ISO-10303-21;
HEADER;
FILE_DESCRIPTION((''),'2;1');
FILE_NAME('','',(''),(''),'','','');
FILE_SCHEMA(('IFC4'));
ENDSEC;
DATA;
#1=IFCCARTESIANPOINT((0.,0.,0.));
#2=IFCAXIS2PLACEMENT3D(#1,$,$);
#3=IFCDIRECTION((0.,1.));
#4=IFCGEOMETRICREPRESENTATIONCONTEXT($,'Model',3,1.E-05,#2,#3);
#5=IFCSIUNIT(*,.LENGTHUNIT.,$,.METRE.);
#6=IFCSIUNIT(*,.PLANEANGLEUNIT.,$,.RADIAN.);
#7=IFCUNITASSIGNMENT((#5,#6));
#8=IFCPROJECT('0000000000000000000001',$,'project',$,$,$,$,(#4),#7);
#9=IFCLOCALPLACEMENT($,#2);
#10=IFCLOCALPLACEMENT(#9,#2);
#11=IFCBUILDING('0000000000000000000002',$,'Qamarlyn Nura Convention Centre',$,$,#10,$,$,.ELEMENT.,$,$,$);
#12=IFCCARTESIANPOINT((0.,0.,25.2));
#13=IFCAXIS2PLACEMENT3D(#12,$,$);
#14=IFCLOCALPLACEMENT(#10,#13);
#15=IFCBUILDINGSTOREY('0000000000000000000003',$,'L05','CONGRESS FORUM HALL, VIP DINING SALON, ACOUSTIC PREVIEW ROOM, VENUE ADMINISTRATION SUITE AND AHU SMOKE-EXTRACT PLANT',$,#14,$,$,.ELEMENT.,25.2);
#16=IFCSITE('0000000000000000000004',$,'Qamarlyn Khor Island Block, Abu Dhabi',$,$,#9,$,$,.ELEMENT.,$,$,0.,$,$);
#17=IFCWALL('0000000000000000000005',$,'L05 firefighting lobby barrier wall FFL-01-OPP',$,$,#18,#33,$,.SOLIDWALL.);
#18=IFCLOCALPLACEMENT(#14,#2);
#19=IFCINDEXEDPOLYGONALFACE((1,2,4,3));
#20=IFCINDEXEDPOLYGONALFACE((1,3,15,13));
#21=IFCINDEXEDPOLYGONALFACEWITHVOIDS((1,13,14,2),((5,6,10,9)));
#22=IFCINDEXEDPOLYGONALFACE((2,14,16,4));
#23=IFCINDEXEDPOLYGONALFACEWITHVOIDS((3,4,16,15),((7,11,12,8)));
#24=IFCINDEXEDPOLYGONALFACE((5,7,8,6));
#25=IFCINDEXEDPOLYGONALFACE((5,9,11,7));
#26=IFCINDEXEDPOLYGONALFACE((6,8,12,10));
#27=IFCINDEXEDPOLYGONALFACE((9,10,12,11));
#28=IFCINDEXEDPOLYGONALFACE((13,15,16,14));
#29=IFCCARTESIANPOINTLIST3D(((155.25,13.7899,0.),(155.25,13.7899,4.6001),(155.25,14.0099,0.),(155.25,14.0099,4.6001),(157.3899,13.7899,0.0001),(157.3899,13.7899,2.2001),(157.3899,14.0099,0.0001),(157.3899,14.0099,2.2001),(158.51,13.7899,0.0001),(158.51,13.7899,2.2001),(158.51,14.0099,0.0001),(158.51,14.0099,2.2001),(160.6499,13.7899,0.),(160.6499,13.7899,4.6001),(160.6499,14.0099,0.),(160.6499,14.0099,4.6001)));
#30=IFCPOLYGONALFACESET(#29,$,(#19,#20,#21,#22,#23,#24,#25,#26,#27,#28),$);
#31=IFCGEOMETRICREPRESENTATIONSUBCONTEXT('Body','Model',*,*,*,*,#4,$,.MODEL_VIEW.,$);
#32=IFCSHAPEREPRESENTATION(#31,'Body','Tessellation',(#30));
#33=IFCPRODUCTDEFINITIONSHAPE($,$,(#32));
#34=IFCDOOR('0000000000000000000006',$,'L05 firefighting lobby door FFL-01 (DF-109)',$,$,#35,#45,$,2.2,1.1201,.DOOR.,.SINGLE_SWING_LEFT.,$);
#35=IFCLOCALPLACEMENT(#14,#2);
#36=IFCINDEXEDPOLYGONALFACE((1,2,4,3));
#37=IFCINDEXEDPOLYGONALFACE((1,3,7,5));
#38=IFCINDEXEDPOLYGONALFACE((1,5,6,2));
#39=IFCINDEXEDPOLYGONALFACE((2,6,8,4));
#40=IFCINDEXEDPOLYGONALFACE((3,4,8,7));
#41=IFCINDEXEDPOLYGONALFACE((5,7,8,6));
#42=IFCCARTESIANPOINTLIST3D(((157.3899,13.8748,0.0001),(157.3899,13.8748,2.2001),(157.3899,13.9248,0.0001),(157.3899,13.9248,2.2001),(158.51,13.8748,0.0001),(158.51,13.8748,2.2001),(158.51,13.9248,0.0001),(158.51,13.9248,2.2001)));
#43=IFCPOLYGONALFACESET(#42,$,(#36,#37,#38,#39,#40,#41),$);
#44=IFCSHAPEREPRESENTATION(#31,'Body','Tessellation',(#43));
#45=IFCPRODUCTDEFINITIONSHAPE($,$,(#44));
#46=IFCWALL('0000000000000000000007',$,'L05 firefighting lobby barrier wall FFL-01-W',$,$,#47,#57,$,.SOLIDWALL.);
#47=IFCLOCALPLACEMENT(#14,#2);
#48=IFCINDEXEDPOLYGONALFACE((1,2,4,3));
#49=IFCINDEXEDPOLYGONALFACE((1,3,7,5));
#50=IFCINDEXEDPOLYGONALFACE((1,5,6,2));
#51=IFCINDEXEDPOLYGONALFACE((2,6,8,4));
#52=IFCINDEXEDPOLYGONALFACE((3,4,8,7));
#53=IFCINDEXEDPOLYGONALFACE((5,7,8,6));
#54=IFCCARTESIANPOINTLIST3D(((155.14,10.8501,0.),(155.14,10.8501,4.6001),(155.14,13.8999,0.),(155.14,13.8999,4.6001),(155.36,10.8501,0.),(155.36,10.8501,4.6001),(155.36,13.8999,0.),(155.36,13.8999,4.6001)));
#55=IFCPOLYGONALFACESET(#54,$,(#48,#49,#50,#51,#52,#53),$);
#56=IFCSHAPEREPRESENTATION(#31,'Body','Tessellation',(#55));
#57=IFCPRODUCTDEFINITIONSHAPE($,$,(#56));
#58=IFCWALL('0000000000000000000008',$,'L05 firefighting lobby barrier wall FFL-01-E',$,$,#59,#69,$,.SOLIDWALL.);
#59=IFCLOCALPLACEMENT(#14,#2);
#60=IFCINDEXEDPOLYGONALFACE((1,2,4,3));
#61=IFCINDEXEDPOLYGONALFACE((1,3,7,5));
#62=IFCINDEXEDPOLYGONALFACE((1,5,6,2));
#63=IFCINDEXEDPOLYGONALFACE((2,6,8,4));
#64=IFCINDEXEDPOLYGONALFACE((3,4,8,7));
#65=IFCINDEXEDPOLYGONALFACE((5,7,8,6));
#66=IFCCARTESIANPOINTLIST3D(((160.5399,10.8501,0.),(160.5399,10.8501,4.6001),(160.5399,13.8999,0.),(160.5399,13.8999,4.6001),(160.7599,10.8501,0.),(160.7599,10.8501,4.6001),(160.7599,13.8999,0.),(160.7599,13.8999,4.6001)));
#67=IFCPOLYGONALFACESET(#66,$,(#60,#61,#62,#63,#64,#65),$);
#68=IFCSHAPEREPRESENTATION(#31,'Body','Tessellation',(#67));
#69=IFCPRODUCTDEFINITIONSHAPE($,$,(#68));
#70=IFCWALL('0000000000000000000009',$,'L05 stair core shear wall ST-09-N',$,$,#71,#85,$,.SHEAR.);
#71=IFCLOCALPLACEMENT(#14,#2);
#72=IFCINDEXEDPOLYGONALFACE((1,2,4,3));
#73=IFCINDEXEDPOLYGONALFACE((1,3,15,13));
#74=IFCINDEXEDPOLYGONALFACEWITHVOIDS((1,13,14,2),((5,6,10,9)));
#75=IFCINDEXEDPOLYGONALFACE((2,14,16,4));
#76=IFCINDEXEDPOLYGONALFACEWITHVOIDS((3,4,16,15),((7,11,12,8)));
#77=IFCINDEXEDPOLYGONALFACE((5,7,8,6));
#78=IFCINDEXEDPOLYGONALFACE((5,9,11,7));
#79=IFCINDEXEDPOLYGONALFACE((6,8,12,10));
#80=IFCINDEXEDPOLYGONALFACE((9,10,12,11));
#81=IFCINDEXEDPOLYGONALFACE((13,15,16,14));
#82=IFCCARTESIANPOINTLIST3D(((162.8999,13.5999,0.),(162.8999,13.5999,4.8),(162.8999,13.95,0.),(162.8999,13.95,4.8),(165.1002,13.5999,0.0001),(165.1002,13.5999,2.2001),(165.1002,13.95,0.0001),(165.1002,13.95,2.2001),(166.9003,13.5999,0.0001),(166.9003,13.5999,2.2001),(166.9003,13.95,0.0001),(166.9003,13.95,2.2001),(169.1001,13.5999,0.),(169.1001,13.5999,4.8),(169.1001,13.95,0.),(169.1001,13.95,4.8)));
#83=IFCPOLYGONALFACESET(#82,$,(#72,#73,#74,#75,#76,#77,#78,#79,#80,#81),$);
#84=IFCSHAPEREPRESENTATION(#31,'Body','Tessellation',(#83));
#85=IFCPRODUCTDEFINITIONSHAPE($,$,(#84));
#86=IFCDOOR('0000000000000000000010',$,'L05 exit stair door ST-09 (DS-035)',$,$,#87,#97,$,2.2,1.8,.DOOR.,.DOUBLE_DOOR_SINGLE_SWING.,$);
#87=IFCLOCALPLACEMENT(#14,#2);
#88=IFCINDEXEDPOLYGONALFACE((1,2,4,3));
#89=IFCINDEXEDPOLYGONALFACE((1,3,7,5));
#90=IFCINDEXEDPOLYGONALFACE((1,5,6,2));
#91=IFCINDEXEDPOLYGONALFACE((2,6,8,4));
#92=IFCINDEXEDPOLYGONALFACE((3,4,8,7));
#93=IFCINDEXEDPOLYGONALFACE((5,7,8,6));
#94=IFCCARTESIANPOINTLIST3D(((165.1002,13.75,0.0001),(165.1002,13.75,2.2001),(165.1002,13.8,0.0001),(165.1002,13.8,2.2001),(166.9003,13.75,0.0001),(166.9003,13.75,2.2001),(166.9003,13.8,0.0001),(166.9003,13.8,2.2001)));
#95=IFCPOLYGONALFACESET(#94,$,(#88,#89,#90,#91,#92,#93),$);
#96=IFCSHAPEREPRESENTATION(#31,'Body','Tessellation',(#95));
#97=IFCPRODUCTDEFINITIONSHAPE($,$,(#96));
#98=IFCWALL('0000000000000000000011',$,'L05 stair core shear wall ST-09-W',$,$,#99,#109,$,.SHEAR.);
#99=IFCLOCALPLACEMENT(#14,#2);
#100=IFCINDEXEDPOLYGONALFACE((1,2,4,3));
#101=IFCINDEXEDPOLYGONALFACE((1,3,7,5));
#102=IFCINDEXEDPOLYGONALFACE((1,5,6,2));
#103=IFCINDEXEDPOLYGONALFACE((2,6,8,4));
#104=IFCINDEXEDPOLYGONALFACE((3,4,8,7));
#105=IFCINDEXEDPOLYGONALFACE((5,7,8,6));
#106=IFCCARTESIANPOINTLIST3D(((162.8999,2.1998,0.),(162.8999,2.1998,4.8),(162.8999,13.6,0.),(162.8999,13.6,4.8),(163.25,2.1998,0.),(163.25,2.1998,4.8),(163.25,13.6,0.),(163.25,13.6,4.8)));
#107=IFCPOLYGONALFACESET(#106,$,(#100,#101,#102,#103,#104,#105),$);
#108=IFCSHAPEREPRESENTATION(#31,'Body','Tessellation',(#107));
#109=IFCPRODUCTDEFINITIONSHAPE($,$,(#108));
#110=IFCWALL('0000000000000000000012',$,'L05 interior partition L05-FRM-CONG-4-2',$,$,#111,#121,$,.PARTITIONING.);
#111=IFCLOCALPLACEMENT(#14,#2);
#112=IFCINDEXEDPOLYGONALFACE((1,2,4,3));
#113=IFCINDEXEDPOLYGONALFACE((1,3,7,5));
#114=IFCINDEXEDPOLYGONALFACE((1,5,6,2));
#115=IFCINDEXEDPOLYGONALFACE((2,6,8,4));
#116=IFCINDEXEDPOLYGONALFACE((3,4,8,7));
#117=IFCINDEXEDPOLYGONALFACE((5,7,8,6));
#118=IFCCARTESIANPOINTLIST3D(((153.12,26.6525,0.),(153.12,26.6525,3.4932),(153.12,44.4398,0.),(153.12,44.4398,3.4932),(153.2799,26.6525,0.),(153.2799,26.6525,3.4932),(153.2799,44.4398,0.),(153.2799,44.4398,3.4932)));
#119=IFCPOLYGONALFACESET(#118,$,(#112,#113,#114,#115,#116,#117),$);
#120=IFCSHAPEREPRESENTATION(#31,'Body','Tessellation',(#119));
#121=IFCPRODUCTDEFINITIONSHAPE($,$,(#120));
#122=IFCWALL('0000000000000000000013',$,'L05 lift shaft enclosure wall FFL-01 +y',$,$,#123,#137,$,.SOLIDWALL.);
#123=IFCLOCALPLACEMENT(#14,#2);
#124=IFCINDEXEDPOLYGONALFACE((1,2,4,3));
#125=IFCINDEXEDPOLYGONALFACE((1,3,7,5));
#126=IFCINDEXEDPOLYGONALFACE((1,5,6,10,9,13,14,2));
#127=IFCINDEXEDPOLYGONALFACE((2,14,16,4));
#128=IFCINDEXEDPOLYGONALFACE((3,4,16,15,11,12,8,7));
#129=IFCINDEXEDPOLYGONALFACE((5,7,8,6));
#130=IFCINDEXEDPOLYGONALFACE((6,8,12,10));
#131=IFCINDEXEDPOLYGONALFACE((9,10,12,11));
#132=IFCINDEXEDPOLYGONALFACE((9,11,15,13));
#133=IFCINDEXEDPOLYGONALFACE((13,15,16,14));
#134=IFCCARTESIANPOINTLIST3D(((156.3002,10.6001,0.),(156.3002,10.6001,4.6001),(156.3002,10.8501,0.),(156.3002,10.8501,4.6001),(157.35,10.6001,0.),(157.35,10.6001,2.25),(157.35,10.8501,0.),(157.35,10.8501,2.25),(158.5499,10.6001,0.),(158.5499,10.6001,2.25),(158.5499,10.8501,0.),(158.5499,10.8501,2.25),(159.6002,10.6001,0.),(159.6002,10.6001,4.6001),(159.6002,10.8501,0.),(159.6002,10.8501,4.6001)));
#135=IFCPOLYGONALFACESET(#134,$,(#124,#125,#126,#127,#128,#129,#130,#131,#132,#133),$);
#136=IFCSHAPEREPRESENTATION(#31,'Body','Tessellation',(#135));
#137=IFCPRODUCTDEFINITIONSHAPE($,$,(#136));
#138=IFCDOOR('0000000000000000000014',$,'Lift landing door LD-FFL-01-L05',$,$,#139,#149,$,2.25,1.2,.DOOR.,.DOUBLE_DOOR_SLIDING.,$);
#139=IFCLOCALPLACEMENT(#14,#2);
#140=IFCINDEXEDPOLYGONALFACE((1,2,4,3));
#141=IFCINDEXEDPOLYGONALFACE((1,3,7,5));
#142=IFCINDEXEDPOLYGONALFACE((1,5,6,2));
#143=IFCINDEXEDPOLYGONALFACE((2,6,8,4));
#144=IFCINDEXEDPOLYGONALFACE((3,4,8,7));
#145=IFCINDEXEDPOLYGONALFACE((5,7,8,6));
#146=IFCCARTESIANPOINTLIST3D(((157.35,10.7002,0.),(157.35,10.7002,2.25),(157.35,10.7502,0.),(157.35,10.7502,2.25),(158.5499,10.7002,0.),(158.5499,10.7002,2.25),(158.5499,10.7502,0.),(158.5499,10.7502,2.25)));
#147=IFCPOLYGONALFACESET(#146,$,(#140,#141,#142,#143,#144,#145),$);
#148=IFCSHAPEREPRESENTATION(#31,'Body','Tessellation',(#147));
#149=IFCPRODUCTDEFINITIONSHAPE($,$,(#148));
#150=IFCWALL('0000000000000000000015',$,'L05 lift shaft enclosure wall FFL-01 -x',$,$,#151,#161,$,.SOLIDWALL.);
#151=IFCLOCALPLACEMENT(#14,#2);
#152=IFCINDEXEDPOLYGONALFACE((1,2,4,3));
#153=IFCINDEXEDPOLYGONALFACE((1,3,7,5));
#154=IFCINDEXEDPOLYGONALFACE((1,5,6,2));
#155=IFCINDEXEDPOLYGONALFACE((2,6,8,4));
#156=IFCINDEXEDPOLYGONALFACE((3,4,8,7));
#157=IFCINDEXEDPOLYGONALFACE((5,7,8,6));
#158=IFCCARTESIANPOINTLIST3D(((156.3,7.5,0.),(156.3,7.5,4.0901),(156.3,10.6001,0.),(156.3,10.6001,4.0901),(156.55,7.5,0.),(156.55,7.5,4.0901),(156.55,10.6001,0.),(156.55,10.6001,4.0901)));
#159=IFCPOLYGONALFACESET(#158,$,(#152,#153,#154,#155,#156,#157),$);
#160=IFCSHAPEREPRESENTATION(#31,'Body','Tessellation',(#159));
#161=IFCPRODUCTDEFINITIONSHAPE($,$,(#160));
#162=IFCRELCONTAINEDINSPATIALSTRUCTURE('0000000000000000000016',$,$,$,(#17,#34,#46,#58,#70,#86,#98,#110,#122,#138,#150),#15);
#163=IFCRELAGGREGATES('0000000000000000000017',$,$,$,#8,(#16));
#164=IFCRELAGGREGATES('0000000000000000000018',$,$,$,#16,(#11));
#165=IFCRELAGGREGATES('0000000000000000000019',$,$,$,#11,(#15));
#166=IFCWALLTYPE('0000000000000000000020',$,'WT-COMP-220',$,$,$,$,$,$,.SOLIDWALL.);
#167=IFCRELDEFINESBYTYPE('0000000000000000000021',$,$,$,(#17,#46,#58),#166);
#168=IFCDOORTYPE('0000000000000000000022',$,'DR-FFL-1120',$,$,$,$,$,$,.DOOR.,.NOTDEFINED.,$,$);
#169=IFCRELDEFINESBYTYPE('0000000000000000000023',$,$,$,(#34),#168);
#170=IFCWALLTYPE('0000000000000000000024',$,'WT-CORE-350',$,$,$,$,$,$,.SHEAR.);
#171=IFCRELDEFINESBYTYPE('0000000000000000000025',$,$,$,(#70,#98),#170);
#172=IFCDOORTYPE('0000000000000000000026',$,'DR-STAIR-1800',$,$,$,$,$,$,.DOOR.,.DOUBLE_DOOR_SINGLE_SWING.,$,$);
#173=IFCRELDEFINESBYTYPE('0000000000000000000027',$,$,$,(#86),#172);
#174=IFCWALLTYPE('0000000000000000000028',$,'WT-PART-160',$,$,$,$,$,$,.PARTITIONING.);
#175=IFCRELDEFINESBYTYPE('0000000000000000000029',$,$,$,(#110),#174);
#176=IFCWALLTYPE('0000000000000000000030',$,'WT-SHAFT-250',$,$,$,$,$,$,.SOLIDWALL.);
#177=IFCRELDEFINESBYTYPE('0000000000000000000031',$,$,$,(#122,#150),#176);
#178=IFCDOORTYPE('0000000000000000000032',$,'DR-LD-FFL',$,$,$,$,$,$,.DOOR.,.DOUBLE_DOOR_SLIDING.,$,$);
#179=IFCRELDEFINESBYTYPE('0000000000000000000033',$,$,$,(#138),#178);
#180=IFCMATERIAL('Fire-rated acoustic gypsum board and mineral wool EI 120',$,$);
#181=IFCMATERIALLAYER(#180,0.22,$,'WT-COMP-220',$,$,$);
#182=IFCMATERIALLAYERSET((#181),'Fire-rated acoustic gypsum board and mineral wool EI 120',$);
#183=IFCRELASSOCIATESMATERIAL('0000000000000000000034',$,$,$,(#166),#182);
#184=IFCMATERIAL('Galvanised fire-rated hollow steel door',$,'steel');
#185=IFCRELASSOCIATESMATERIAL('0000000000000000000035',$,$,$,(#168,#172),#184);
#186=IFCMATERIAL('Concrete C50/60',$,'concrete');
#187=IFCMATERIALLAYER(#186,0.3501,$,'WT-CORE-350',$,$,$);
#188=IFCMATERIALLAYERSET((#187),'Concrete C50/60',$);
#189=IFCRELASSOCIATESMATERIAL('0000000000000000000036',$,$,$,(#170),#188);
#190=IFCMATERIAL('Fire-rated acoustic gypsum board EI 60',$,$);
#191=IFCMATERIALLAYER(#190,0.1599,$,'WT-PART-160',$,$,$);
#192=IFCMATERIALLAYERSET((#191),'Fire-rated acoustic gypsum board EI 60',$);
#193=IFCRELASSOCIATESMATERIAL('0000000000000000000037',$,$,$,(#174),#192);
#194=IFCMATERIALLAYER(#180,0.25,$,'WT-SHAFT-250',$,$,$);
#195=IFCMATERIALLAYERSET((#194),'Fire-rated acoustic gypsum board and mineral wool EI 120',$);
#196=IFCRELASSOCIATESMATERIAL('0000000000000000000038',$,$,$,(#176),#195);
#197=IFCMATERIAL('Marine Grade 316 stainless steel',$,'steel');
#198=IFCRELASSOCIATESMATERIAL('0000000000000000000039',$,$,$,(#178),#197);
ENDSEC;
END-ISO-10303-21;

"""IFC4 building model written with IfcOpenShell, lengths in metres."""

from ifc_helpers import new_model, si_unit, direction, frame, frame_2d, origin, place, context, subcontext, project, spatial, rectangle, extrude, material, layer, layer_set, type_object, element, fill, save


model = new_model("IFC4")

# Units and contexts
model_context = context("Model", 3, precision=1e-05, world=origin(), true_north=direction((0.0, 1.0)))
body_context = subcontext(model_context, "Body", "Model", "MODEL_VIEW")
ifc_project = project(units=[si_unit("LENGTHUNIT", "METRE"), si_unit("PLANEANGLEUNIT", "RADIAN")], contexts=[model_context])

# Site, building, storey
site_placement = place(None, origin())
site = spatial("IfcSite", under=ifc_project, at=site_placement, Name="Qamarlyn Khor Island Block, Abu Dhabi", CompositionType="ELEMENT", RefElevation=0.0)
building_placement = place(site_placement, origin())
building = spatial("IfcBuilding", under=site, at=building_placement, Name="Qamarlyn Nura Convention Centre", CompositionType="ELEMENT")
storey_placement = place(building_placement, frame((0.0, 0.0, 25.2)))
storey = spatial("IfcBuildingStorey", under=building, at=storey_placement, Name="L05", Description="CONGRESS FORUM HALL, VIP DINING SALON, ACOUSTIC PREVIEW ROOM, VENUE ADMINISTRATION SUITE AND AHU SMOKE-EXTRACT PLANT", CompositionType="ELEMENT", Elevation=25.2)

# Wall, opening, door
ifc_material_1 = material(Name="Fire-rated acoustic gypsum board and mineral wool EI 120")
ifc_layer_1 = layer(ifc_material_1, 0.22, Name="WT-COMP-220")
ifc_layer_set_1 = layer_set([ifc_layer_1], Name="Fire-rated acoustic gypsum board and mineral wool EI 120")
wall_type_1 = type_object("IfcWallType", Name="WT-COMP-220", PredefinedType="SOLIDWALL", material=ifc_layer_set_1)
wall_1_placement = place(storey_placement, frame((155.25, 13.8999, 0.0), z_axis=(0.0, 0.0, 1.0), x_axis=(1.0, 0.0, 0.0)))
wall_1 = element("IfcWall", 1, at=wall_1_placement, inside=storey, type_object=wall_type_1, Name="L05 firefighting lobby barrier wall FFL-01-OPP", PredefinedType="SOLIDWALL", context=body_context, shape_type="SweptSolid", body=[
    extrude(rectangle(XDim=5.3999, YDim=0.22, at=frame_2d((2.7, 0.0))), origin(), (0.0, 0.0, 1.0), 4.6001),
])
opening_1_placement = place(wall_1_placement, frame((2.1399, 0.0, 0.0)))
opening_1 = element("IfcOpeningElement", 2, at=opening_1_placement, cuts=wall_1, PredefinedType="OPENING", context=body_context, shape_type="SweptSolid", body=[
    extrude(rectangle(XDim=1.1201, YDim=2.2, at=frame_2d((0.5601, 1.1001))), frame((0.0, 0.1201, 0.0), z_axis=(0.0, -1.0, 0.0), x_axis=(1.0, 0.0, 0.0)), (0.0, 0.0, 1.0), 0.24),
])
ifc_material_2 = material(Name="Galvanised fire-rated hollow steel door", Category="steel")
door_type_1 = type_object("IfcDoorType", Name="DR-FFL-1120", OperationType="NOTDEFINED", PredefinedType="DOOR", material=ifc_material_2)
door_1_placement = place(opening_1_placement, origin())
door_1 = element("IfcDoor", 3, at=door_1_placement, inside=storey, type_object=door_type_1, Name="L05 firefighting lobby door FFL-01 (DF-109)", OperationType="SINGLE_SWING_LEFT", OverallHeight=2.2, OverallWidth=1.1201, PredefinedType="DOOR", context=body_context, shape_type="SweptSolid", body=[
    extrude(rectangle(XDim=1.1201, YDim=2.2, at=frame_2d((0.5601, 1.1001))), frame((0.0, 0.0249, 0.0), z_axis=(0.0, -1.0, 0.0), x_axis=(1.0, 0.0, 0.0)), (0.0, 0.0, 1.0), 0.05),
])
fill(opening_1, door_1)

# Walls
for number, where, z_axis, x_axis, name in (
    (4, (155.25, 10.8501, 0.0), (0.0, 0.0, 1.0), (0.0, 1.0, 0.0), "L05 firefighting lobby barrier wall FFL-01-W"),
    (5, (160.6499, 10.8501, 0.0), (0.0, 0.0, 1.0), (0.0, 1.0, 0.0), "L05 firefighting lobby barrier wall FFL-01-E"),
):
    element("IfcWall", number, at=place(storey_placement, frame(where, z_axis=z_axis, x_axis=x_axis)), inside=storey, type_object=wall_type_1, Name=name, PredefinedType="SOLIDWALL", context=body_context, shape_type="SweptSolid", body=[
        extrude(rectangle(XDim=3.0498, YDim=0.22, at=frame_2d((1.5249, 0.0))), origin(), (0.0, 0.0, 1.0), 4.6001),
    ])

# Wall, opening, door
ifc_material_3 = material(Name="Concrete C50/60", Category="concrete")
ifc_layer_2 = layer(ifc_material_3, 0.3501, Name="WT-CORE-350")
ifc_layer_set_2 = layer_set([ifc_layer_2], Name="Concrete C50/60")
wall_type_2 = type_object("IfcWallType", Name="WT-CORE-350", PredefinedType="SHEAR", material=ifc_layer_set_2)
wall_2_placement = place(storey_placement, frame((169.1001, 13.7749, 0.0), z_axis=(0.0, 0.0, 1.0), x_axis=(-1.0, 0.0, 0.0)))
wall_2 = element("IfcWall", 6, at=wall_2_placement, inside=storey, type_object=wall_type_2, Name="L05 stair core shear wall ST-09-N", PredefinedType="SHEAR", context=body_context, shape_type="SweptSolid", body=[
    extrude(rectangle(XDim=6.2002, YDim=0.3501, at=frame_2d((3.1001, 0.0))), origin(), (0.0, 0.0, 1.0), 4.8),
])
opening_2_placement = place(wall_2_placement, frame((2.2, 0.0, 0.0)))
opening_2 = element("IfcOpeningElement", 7, at=opening_2_placement, cuts=wall_2, PredefinedType="OPENING", context=body_context, shape_type="SweptSolid", body=[
    extrude(rectangle(XDim=1.8, YDim=2.2, at=frame_2d((0.8999, 1.1001))), frame((0.0, 0.1851, 0.0), z_axis=(0.0, -1.0, 0.0), x_axis=(1.0, 0.0, 0.0)), (0.0, 0.0, 1.0), 0.3701),
])
door_type_2 = type_object("IfcDoorType", Name="DR-STAIR-1800", OperationType="DOUBLE_DOOR_SINGLE_SWING", PredefinedType="DOOR", material=ifc_material_2)
door_2_placement = place(opening_2_placement, origin())
door_2 = element("IfcDoor", 8, at=door_2_placement, inside=storey, type_object=door_type_2, Name="L05 exit stair door ST-09 (DS-035)", OperationType="DOUBLE_DOOR_SINGLE_SWING", OverallHeight=2.2, OverallWidth=1.8, PredefinedType="DOOR", context=body_context, shape_type="SweptSolid", body=[
    extrude(rectangle(XDim=1.8, YDim=2.2, at=frame_2d((0.8999, 1.1001))), frame((0.0, 0.0249, 0.0), z_axis=(0.0, -1.0, 0.0), x_axis=(1.0, 0.0, 0.0)), (0.0, 0.0, 1.0), 0.05),
])
fill(opening_2, door_2)

# Wall
wall_3_placement = place(storey_placement, frame((163.075, 13.6001, 0.0), z_axis=(0.0, 0.0, 1.0), x_axis=(0.0, -1.0, 0.0)))
element("IfcWall", 9, at=wall_3_placement, inside=storey, type_object=wall_type_2, Name="L05 stair core shear wall ST-09-W", PredefinedType="SHEAR", context=body_context, shape_type="SweptSolid", body=[
    extrude(rectangle(XDim=11.4001, YDim=0.3501, at=frame_2d((5.7002, 0.0))), origin(), (0.0, 0.0, 1.0), 4.8),
])

# Wall
ifc_material_4 = material(Name="Fire-rated acoustic gypsum board EI 60")
ifc_layer_3 = layer(ifc_material_4, 0.1599, Name="WT-PART-160")
ifc_layer_set_3 = layer_set([ifc_layer_3], Name="Fire-rated acoustic gypsum board EI 60")
wall_type_3 = type_object("IfcWallType", Name="WT-PART-160", PredefinedType="PARTITIONING", material=ifc_layer_set_3)
wall_4_placement = place(storey_placement, frame((153.2, 26.6526, 0.0), z_axis=(0.0, 0.0, 1.0), x_axis=(0.0, 1.0, 0.0)))
element("IfcWall", 10, at=wall_4_placement, inside=storey, type_object=wall_type_3, Name="L05 interior partition L05-FRM-CONG-4-2", PredefinedType="PARTITIONING", context=body_context, shape_type="SweptSolid", body=[
    extrude(rectangle(XDim=17.7874, YDim=0.1599, at=frame_2d((8.8936, 0.0))), origin(), (0.0, 0.0, 1.0), 3.4932),
])

# Wall, opening, door
ifc_layer_4 = layer(ifc_material_1, 0.25, Name="WT-SHAFT-250")
ifc_layer_set_4 = layer_set([ifc_layer_4], Name="Fire-rated acoustic gypsum board and mineral wool EI 120")
wall_type_4 = type_object("IfcWallType", Name="WT-SHAFT-250", PredefinedType="SOLIDWALL", material=ifc_layer_set_4)
wall_5_placement = place(storey_placement, frame((159.6001, 10.7251, 0.0), z_axis=(0.0, 0.0, 1.0), x_axis=(-1.0, 0.0, 0.0)))
wall_5 = element("IfcWall", 11, at=wall_5_placement, inside=storey, type_object=wall_type_4, Name="L05 lift shaft enclosure wall FFL-01 +y", PredefinedType="SOLIDWALL", context=body_context, shape_type="SweptSolid", body=[
    extrude(rectangle(XDim=3.3, YDim=0.25, at=frame_2d((1.6499, 0.0))), origin(), (0.0, 0.0, 1.0), 4.6001),
])
opening_3_placement = place(wall_5_placement, frame((1.05, 0.0, 0.0)))
opening_3 = element("IfcOpeningElement", 12, at=opening_3_placement, cuts=wall_5, PredefinedType="OPENING", context=body_context, shape_type="SweptSolid", body=[
    extrude(rectangle(XDim=1.2, YDim=2.25, at=frame_2d((0.6001, 1.125))), frame((0.0, 0.135, 0.0), z_axis=(0.0, -1.0, 0.0), x_axis=(1.0, 0.0, 0.0)), (0.0, 0.0, 1.0), 0.27),
])
ifc_material_5 = material(Name="Marine Grade 316 stainless steel", Category="steel")
door_type_3 = type_object("IfcDoorType", Name="DR-LD-FFL", OperationType="DOUBLE_DOOR_SLIDING", PredefinedType="DOOR", material=ifc_material_5)
door_3_placement = place(opening_3_placement, origin())
door_3 = element("IfcDoor", 13, at=door_3_placement, inside=storey, type_object=door_type_3, Name="Lift landing door LD-FFL-01-L05", OperationType="DOUBLE_DOOR_SLIDING", OverallHeight=2.25, OverallWidth=1.2, PredefinedType="DOOR", context=body_context, shape_type="SweptSolid", body=[
    extrude(rectangle(XDim=1.2, YDim=2.25, at=frame_2d((0.6001, 1.125))), frame((0.0, 0.0249, 0.0), z_axis=(0.0, -1.0, 0.0), x_axis=(1.0, 0.0, 0.0)), (0.0, 0.0, 1.0), 0.05),
])
fill(opening_3, door_3)

# Wall
wall_6_placement = place(storey_placement, frame((156.425, 10.6001, 0.0), z_axis=(0.0, 0.0, 1.0), x_axis=(0.0, -1.0, 0.0)))
element("IfcWall", 14, at=wall_6_placement, inside=storey, type_object=wall_type_4, Name="L05 lift shaft enclosure wall FFL-01 -x", PredefinedType="SOLIDWALL", context=body_context, shape_type="SweptSolid", body=[
    extrude(rectangle(XDim=3.1001, YDim=0.25, at=frame_2d((1.55, 0.0))), origin(), (0.0, 0.0, 1.0), 4.0901),
])

save(model, "model.ifc")
